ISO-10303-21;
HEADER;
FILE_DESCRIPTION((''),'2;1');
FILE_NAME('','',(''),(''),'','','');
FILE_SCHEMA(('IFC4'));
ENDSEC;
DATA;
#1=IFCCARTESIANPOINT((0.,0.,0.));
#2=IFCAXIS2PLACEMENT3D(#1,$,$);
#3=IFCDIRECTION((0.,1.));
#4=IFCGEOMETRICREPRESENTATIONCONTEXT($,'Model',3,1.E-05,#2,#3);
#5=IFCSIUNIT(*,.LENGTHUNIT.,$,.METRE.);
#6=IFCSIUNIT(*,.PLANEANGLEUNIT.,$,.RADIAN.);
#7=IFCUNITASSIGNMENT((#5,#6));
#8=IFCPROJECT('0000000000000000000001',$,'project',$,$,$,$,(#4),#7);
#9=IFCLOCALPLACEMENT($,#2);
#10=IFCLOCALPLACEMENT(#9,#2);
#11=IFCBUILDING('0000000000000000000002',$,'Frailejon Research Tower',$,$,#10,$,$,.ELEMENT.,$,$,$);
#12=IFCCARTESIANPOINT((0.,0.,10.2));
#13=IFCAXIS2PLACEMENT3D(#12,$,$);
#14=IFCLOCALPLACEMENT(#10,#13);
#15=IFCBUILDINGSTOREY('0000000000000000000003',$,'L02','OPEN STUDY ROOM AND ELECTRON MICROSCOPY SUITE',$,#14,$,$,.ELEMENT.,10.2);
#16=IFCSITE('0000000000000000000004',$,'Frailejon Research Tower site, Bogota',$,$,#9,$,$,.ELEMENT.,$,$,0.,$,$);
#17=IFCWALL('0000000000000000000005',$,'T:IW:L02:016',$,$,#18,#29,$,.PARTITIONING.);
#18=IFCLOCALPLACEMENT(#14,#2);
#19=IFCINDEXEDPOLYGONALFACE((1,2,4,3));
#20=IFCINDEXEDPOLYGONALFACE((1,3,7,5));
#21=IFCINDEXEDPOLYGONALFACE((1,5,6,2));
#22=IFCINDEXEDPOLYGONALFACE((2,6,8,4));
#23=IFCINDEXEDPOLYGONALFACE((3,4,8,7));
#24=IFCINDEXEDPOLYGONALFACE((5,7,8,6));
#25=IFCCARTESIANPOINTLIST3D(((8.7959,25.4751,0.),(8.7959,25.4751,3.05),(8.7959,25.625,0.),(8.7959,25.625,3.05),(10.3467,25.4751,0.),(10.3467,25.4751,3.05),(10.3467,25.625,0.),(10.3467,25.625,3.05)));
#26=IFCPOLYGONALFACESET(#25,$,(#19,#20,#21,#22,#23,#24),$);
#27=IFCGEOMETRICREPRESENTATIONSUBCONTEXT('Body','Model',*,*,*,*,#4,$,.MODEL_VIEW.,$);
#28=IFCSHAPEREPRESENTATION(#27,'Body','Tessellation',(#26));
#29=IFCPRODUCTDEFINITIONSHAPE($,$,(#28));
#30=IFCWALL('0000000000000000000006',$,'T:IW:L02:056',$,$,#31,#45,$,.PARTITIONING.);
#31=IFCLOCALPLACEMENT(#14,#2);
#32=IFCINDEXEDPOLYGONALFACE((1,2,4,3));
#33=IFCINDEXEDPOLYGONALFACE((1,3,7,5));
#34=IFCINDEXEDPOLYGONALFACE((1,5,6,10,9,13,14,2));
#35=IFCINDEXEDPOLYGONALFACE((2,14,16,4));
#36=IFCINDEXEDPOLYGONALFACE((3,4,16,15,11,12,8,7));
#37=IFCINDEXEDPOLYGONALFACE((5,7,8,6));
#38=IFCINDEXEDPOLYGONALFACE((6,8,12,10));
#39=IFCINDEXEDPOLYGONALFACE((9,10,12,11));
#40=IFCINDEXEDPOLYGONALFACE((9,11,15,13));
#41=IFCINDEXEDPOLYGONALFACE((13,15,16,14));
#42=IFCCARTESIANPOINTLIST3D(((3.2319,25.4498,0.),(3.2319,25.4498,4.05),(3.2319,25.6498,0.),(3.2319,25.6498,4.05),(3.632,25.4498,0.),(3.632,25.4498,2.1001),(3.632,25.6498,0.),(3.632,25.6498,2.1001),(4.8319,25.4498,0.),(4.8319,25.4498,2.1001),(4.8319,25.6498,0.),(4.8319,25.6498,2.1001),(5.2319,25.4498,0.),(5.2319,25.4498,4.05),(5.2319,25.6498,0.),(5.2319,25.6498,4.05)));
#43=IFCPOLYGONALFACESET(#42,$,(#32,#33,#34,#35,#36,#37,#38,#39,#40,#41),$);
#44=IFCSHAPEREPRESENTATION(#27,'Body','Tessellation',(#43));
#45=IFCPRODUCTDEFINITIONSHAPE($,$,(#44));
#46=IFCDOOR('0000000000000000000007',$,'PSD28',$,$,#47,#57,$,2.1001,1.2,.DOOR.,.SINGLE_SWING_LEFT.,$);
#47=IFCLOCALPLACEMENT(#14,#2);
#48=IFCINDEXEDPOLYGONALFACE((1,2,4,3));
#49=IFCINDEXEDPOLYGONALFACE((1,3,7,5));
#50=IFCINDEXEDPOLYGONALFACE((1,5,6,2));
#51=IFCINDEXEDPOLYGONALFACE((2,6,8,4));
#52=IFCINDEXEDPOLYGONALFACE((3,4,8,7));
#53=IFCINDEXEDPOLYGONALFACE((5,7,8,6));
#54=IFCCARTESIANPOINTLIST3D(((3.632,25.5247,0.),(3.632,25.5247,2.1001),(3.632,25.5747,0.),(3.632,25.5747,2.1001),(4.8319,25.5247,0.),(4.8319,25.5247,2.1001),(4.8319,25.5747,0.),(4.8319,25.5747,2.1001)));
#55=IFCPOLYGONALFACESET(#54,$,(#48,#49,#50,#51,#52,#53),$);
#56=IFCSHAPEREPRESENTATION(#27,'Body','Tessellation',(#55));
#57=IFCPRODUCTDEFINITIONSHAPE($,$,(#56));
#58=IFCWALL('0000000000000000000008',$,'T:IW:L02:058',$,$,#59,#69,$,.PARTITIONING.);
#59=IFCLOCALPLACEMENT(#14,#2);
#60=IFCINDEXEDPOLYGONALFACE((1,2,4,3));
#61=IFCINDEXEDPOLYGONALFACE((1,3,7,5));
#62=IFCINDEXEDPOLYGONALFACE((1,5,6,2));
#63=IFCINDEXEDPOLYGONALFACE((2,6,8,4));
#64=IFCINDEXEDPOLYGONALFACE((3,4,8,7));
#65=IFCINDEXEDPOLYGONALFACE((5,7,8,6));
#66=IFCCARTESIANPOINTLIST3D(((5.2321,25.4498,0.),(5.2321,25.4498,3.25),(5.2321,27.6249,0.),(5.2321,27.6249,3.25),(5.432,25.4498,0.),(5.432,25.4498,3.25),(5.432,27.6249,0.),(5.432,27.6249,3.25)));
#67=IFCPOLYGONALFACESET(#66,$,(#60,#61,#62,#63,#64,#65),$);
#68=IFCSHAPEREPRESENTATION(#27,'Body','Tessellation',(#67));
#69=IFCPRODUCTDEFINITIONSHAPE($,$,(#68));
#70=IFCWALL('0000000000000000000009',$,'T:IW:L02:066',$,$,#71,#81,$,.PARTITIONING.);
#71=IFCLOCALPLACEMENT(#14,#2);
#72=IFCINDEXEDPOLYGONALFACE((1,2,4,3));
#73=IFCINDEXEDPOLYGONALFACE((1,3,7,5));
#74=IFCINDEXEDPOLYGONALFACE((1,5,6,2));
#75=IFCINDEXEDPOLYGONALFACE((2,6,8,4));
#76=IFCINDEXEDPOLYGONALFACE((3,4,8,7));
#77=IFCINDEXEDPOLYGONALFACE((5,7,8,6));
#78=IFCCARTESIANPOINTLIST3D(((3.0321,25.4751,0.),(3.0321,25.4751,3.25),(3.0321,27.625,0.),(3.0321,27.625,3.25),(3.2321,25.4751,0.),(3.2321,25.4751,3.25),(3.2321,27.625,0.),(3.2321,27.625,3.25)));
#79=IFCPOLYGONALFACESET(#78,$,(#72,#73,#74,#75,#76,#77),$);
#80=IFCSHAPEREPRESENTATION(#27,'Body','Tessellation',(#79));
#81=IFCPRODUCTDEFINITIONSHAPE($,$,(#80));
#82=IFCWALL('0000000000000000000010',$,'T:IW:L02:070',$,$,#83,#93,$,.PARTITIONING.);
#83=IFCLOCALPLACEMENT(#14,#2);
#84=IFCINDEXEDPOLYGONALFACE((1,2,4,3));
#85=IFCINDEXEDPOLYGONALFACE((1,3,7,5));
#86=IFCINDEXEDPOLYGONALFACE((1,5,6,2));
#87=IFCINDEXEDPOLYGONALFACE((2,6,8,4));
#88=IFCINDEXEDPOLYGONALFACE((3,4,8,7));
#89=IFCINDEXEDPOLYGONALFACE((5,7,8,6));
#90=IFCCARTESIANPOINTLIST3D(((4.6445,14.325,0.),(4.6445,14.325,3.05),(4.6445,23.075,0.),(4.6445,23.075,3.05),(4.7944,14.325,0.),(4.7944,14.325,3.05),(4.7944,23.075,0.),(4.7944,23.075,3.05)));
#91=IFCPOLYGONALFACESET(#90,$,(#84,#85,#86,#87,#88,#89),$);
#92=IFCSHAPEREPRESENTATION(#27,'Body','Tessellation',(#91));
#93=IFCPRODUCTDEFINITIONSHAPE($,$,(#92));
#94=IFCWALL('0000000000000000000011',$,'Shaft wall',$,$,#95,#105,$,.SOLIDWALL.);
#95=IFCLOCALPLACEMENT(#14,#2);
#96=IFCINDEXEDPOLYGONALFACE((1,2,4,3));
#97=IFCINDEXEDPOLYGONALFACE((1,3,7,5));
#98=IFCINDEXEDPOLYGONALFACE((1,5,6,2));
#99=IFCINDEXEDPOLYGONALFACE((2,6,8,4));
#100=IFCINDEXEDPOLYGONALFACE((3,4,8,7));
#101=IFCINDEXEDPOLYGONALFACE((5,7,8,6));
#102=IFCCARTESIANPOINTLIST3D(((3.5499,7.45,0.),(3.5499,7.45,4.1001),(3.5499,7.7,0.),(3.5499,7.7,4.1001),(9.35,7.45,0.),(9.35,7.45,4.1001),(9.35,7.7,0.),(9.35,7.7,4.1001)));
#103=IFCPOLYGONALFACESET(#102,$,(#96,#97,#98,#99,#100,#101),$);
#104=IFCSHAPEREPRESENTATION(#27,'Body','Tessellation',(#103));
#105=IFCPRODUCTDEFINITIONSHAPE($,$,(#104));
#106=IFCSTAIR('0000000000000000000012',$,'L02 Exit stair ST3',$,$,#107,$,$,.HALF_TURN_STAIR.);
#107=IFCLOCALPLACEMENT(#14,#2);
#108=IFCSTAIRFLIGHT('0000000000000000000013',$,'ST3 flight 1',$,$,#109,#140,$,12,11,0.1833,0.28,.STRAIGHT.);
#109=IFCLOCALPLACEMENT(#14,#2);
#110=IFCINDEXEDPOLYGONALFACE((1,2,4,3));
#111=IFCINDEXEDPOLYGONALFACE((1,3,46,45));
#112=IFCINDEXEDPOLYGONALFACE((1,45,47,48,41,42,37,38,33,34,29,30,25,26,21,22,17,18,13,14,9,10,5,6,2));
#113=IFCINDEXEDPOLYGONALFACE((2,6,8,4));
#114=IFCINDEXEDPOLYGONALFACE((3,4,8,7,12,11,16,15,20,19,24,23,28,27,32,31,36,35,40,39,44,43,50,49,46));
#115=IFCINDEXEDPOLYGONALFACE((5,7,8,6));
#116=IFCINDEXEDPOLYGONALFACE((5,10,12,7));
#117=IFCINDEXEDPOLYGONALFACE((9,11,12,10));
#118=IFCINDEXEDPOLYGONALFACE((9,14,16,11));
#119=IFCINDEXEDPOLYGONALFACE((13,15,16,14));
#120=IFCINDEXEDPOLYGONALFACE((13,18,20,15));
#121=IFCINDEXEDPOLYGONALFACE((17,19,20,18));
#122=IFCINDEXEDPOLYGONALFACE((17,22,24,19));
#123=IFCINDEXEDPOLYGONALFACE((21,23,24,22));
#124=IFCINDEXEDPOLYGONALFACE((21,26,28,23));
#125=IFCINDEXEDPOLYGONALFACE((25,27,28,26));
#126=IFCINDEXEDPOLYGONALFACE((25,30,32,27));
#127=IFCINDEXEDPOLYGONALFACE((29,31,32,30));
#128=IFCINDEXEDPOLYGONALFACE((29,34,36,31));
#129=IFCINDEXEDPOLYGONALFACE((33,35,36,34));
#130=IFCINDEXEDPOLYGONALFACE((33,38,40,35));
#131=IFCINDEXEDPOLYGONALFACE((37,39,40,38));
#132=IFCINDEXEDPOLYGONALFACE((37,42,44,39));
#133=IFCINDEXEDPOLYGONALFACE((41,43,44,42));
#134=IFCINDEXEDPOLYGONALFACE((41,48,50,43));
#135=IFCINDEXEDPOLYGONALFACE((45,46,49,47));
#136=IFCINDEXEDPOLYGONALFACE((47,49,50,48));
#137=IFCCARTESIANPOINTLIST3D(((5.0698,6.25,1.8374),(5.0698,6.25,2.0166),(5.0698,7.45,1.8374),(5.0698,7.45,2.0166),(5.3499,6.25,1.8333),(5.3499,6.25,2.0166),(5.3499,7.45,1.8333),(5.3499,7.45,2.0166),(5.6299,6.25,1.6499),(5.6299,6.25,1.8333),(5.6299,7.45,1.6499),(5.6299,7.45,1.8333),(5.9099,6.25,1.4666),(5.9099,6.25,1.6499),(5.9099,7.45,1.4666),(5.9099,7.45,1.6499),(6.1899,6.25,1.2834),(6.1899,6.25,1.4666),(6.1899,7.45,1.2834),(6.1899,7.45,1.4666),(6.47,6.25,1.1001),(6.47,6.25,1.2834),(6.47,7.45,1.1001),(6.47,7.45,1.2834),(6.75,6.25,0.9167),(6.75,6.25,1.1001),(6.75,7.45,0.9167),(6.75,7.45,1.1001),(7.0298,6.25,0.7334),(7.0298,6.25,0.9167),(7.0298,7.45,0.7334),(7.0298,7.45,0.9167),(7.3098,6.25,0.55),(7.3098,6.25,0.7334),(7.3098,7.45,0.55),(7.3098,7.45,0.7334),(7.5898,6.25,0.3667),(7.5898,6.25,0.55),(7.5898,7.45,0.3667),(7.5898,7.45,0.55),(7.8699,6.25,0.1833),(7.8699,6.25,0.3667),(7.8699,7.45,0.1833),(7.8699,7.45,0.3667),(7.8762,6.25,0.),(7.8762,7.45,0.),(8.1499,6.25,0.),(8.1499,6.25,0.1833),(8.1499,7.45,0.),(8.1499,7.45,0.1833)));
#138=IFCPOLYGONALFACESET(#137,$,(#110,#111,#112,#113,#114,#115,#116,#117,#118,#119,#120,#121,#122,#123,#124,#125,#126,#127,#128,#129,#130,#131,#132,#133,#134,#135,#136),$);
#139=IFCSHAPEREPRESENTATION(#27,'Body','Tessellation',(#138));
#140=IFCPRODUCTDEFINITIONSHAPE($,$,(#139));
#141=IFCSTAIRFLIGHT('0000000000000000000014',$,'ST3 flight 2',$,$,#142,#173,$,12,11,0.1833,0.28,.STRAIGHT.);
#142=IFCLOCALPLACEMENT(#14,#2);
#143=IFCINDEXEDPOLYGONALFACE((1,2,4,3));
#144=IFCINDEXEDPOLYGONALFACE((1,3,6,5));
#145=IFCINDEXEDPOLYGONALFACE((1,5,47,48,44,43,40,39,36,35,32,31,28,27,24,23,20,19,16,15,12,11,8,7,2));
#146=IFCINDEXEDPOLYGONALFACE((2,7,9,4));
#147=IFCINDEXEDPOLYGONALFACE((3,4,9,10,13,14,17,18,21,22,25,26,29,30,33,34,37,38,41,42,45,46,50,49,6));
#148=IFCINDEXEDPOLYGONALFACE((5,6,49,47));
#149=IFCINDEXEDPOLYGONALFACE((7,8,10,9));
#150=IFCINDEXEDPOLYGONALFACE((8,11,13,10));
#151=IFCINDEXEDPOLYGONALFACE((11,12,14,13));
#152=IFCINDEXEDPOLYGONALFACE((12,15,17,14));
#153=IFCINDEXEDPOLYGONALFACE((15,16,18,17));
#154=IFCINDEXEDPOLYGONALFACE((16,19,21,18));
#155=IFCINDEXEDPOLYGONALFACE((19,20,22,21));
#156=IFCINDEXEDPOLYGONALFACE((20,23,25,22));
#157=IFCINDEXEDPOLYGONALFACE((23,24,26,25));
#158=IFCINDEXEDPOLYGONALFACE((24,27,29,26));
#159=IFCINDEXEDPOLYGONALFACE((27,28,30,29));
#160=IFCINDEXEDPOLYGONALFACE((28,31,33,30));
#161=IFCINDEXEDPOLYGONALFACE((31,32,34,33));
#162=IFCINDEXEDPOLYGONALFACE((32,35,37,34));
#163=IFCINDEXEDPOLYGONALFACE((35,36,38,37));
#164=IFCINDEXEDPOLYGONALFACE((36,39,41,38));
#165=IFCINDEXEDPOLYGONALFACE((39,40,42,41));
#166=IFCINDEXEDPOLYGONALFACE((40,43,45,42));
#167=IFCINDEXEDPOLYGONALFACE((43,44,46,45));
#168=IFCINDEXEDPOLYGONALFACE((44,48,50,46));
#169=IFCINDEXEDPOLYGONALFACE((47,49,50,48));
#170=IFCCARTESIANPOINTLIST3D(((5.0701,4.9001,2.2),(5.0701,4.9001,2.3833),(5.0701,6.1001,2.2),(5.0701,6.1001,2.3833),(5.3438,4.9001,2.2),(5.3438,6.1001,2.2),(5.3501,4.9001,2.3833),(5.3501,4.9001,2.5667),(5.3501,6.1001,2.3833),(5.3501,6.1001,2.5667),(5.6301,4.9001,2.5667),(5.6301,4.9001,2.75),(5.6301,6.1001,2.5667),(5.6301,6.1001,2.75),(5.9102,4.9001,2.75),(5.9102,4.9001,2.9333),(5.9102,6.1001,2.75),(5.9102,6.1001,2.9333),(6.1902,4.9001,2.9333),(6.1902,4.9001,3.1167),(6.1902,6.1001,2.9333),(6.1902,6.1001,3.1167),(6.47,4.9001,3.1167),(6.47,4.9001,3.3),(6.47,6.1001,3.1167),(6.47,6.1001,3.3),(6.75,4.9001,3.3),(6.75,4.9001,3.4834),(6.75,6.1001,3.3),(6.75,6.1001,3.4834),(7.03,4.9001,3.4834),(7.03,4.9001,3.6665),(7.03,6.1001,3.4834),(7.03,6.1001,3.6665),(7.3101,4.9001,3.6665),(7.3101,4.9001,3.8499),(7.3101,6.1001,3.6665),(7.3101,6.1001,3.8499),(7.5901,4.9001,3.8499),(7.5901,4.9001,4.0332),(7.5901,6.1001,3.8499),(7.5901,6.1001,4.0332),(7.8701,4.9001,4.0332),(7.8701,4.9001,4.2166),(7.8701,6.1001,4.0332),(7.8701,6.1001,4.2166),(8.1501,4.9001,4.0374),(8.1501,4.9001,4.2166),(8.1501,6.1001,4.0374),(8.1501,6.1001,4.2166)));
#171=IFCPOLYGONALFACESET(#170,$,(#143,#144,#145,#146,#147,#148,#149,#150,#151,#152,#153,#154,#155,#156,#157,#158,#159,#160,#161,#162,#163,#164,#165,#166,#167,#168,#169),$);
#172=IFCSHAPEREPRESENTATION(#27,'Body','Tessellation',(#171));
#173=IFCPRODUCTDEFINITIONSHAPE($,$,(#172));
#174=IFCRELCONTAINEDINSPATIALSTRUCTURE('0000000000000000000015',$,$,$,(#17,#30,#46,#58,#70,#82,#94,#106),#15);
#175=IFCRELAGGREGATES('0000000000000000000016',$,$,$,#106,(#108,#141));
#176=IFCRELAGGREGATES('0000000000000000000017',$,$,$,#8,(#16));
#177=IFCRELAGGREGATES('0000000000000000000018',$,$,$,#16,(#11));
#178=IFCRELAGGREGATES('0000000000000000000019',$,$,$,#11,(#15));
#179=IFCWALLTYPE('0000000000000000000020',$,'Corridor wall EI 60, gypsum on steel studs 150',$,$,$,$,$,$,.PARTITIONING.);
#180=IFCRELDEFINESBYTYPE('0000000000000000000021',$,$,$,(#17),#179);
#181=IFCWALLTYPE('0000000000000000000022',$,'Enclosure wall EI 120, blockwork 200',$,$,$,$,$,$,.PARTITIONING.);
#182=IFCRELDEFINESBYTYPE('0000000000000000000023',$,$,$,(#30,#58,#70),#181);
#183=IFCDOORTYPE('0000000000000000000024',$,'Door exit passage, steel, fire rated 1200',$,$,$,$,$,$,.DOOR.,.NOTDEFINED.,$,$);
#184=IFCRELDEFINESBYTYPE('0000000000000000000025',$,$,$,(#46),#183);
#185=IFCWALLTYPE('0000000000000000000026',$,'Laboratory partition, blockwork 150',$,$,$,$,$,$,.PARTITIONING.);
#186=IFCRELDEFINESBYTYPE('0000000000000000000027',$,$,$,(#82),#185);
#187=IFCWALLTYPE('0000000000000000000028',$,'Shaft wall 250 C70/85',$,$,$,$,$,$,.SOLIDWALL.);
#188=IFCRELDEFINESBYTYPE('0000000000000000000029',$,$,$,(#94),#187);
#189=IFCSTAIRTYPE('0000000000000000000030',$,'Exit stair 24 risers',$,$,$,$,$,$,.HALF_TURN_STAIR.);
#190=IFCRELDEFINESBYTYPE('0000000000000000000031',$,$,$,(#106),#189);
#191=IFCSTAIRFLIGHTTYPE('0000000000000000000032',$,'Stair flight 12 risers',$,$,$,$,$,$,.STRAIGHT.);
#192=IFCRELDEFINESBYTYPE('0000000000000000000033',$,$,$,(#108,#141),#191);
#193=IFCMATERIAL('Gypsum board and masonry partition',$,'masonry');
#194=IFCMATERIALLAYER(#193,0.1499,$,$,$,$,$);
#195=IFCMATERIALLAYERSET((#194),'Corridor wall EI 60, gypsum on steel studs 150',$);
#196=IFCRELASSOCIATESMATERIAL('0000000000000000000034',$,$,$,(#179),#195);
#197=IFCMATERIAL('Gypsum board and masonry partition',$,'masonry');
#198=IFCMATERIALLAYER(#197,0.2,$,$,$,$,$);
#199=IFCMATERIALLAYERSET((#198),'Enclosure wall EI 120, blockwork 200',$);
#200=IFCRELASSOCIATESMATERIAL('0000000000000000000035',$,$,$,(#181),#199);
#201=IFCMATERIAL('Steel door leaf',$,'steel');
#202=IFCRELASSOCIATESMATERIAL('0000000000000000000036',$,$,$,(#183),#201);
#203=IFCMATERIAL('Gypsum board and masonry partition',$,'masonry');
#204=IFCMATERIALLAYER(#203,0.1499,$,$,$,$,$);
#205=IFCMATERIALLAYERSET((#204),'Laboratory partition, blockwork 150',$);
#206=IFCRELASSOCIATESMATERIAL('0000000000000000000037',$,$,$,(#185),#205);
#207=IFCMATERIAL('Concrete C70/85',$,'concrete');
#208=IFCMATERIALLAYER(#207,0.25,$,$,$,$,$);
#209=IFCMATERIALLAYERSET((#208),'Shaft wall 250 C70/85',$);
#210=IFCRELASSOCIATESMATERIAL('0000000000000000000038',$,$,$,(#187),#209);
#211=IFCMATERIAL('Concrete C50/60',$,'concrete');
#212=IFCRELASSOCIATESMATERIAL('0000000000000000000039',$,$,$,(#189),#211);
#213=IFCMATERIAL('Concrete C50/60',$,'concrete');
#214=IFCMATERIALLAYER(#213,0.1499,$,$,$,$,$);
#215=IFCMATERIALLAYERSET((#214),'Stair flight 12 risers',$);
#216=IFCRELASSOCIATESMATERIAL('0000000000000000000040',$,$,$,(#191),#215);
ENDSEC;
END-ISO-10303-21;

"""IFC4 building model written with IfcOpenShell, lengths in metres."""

from ifc_helpers import new_model, si_unit, direction, frame, frame_2d, origin, place, context, subcontext, project, spatial, polyline, rectangle, outline, extrude, material, layer, layer_set, type_object, element, fill, aggregate, save


model = new_model("IFC4")

# Units and contexts
model_context = context("Model", 3, precision=1e-05, world=origin(), true_north=direction((0.0, 1.0)))
body_context = subcontext(model_context, "Body", "Model", "MODEL_VIEW")
ifc_project = project(units=[si_unit("LENGTHUNIT", "METRE"), si_unit("PLANEANGLEUNIT", "RADIAN")], contexts=[model_context])

# Site, building, storey
site_placement = place(None, origin())
site = spatial("IfcSite", under=ifc_project, at=site_placement, Name="Frailejon Research Tower site, Bogota", CompositionType="ELEMENT", RefElevation=0.0)
building_placement = place(site_placement, origin())
building = spatial("IfcBuilding", under=site, at=building_placement, Name="Frailejon Research Tower", CompositionType="ELEMENT")
storey_placement = place(building_placement, frame((0.0, 0.0, 10.2)))
storey = spatial("IfcBuildingStorey", under=building, at=storey_placement, Name="L02", Description="OPEN STUDY ROOM AND ELECTRON MICROSCOPY SUITE", CompositionType="ELEMENT", Elevation=10.2)

# Shared definitions
ifc_material_1 = material(Name="Gypsum board and masonry partition", Category="masonry")
ifc_layer_1 = layer(ifc_material_1, 0.1499)
ifc_layer_set_1 = layer_set([ifc_layer_1], Name="Corridor wall EI 60, gypsum on steel studs 150")
wall_type_1 = type_object("IfcWallType", Name="Corridor wall EI 60, gypsum on steel studs 150", PredefinedType="PARTITIONING", material=ifc_layer_set_1)

# Wall
wall_1_placement = place(storey_placement, frame((8.7959, 25.55, 0.0), z_axis=(0.0, 0.0, 1.0), x_axis=(1.0, 0.0, 0.0)))
element("IfcWall", 1, at=wall_1_placement, inside=storey, type_object=wall_type_1, Name="T:IW:L02:016", PredefinedType="PARTITIONING", context=body_context, shape_type="SweptSolid", body=[
    extrude(rectangle(XDim=1.5508, YDim=0.1499, at=frame_2d((0.7754, 0.0))), origin(), (0.0, 0.0, 1.0), 3.05),
])

# Wall, opening, door
ifc_material_2 = material(Name="Gypsum board and masonry partition", Category="masonry")
ifc_layer_2 = layer(ifc_material_2, 0.2)
ifc_layer_set_2 = layer_set([ifc_layer_2], Name="Enclosure wall EI 120, blockwork 200")
wall_type_2 = type_object("IfcWallType", Name="Enclosure wall EI 120, blockwork 200", PredefinedType="PARTITIONING", material=ifc_layer_set_2)
wall_2_placement = place(storey_placement, frame((3.2319, 25.5498, 0.0), z_axis=(0.0, 0.0, 1.0), x_axis=(1.0, 0.0, 0.0)))
wall_2 = element("IfcWall", 2, at=wall_2_placement, inside=storey, type_object=wall_type_2, Name="T:IW:L02:056", PredefinedType="PARTITIONING", context=body_context, shape_type="SweptSolid", body=[
    extrude(rectangle(XDim=2.0, YDim=0.2, at=frame_2d((1.0, 0.0))), origin(), (0.0, 0.0, 1.0), 4.05),
])
opening_1_placement = place(wall_2_placement, frame((0.3999, 0.0, 0.0)))
opening_1 = element("IfcOpeningElement", 3, at=opening_1_placement, cuts=wall_2, PredefinedType="OPENING", context=body_context, shape_type="SweptSolid", body=[
    extrude(rectangle(XDim=1.2, YDim=2.1001, at=frame_2d((0.6001, 1.05))), frame((0.0, 0.1099, 0.0), z_axis=(0.0, -1.0, 0.0), x_axis=(1.0, 0.0, 0.0)), (0.0, 0.0, 1.0), 0.22),
])
ifc_material_3 = material(Name="Steel door leaf", Category="steel")
door_type_1 = type_object("IfcDoorType", Name="Door exit passage, steel, fire rated 1200", OperationType="NOTDEFINED", PredefinedType="DOOR", material=ifc_material_3)
door_1_placement = place(opening_1_placement, origin())
door_1 = element("IfcDoor", 4, at=door_1_placement, inside=storey, type_object=door_type_1, Name="PSD28", OperationType="SINGLE_SWING_LEFT", OverallHeight=2.1001, OverallWidth=1.2, PredefinedType="DOOR", context=body_context, shape_type="SweptSolid", body=[
    extrude(rectangle(XDim=1.2, YDim=2.1001, at=frame_2d((0.6001, 1.05))), frame((0.0, 0.0249, 0.0), z_axis=(0.0, -1.0, 0.0), x_axis=(1.0, 0.0, 0.0)), (0.0, 0.0, 1.0), 0.05),
])
fill(opening_1, door_1)

# Walls
wall_3_placement = place(storey_placement, frame((5.332, 25.45, 0.0), z_axis=(0.0, 0.0, 1.0), x_axis=(0.0, 1.0, 0.0)))
element("IfcWall", 5, at=wall_3_placement, inside=storey, type_object=wall_type_2, Name="T:IW:L02:058", PredefinedType="PARTITIONING", context=body_context, shape_type="SweptSolid", body=[
    extrude(rectangle(XDim=2.175, YDim=0.2, at=frame_2d((1.0874, 0.0))), origin(), (0.0, 0.0, 1.0), 3.25),
])
wall_4_placement = place(storey_placement, frame((3.1321, 25.4751, 0.0), z_axis=(0.0, 0.0, 1.0), x_axis=(0.0, 1.0, 0.0)))
element("IfcWall", 6, at=wall_4_placement, inside=storey, type_object=wall_type_2, Name="T:IW:L02:066", PredefinedType="PARTITIONING", context=body_context, shape_type="SweptSolid", body=[
    extrude(rectangle(XDim=2.1499, YDim=0.2, at=frame_2d((1.075, 0.0))), origin(), (0.0, 0.0, 1.0), 3.25),
])
ifc_material_4 = material(Name="Gypsum board and masonry partition", Category="masonry")
ifc_layer_3 = layer(ifc_material_4, 0.1499)
ifc_layer_set_3 = layer_set([ifc_layer_3], Name="Laboratory partition, blockwork 150")
wall_type_3 = type_object("IfcWallType", Name="Laboratory partition, blockwork 150", PredefinedType="PARTITIONING", material=ifc_layer_set_3)
wall_5_placement = place(storey_placement, frame((4.7195, 14.325, 0.0), z_axis=(0.0, 0.0, 1.0), x_axis=(0.0, 1.0, 0.0)))
element("IfcWall", 7, at=wall_5_placement, inside=storey, type_object=wall_type_3, Name="T:IW:L02:070", PredefinedType="PARTITIONING", context=body_context, shape_type="SweptSolid", body=[
    extrude(rectangle(XDim=8.75, YDim=0.1499, at=frame_2d((4.375, 0.0))), origin(), (0.0, 0.0, 1.0), 3.05),
])
ifc_material_5 = material(Name="Concrete C70/85", Category="concrete")
ifc_layer_4 = layer(ifc_material_5, 0.25)
ifc_layer_set_4 = layer_set([ifc_layer_4], Name="Shaft wall 250 C70/85")
wall_type_4 = type_object("IfcWallType", Name="Shaft wall 250 C70/85", PredefinedType="SOLIDWALL", material=ifc_layer_set_4)
wall_6_placement = place(storey_placement, frame((3.55, 7.575, 0.0), z_axis=(0.0, 0.0, 1.0), x_axis=(1.0, 0.0, 0.0)))
element("IfcWall", 8, at=wall_6_placement, inside=storey, type_object=wall_type_4, Name="Shaft wall", PredefinedType="SOLIDWALL", context=body_context, shape_type="SweptSolid", body=[
    extrude(rectangle(XDim=5.8, YDim=0.25, at=frame_2d((2.8999, 0.0))), origin(), (0.0, 0.0, 1.0), 4.1001),
])

# Stair, stair flights
ifc_material_6 = material(Name="Concrete C50/60", Category="concrete")
stair_type = type_object("IfcStairType", Name="Exit stair 24 risers", PredefinedType="HALF_TURN_STAIR", material=ifc_material_6)
stair_placement = place(storey_placement, origin())
stair = element("IfcStair", 9, at=stair_placement, inside=storey, type_object=stair_type, Name="L02 Exit stair ST3", PredefinedType="HALF_TURN_STAIR")
ifc_material_7 = material(Name="Concrete C50/60", Category="concrete")
ifc_layer_5 = layer(ifc_material_7, 0.1499)
ifc_layer_set_5 = layer_set([ifc_layer_5], Name="Stair flight 12 risers")
stair_flight_type = type_object("IfcStairFlightType", Name="Stair flight 12 risers", PredefinedType="STRAIGHT", material=ifc_layer_set_5)
stair_flight_1_placement = place(storey_placement, frame((8.1499, 6.8501, 0.0), z_axis=(0.0, 0.0, 1.0), x_axis=(-1.0, 0.0, 0.0)))
stair_flight_1 = element("IfcStairFlight", 10, at=stair_flight_1_placement, type_object=stair_flight_type, Name="ST3 flight 1", NumberOfRisers=12, NumberOfTreads=11, PredefinedType="STRAIGHT", RiserHeight=0.1833, TreadLength=0.28, context=body_context, shape_type="SweptSolid", body=[
    extrude(outline(polyline([(0.0, 0.0), (0.0, 0.1833), (0.28, 0.1833), (0.28, 0.3667), (0.5601, 0.3667), (0.5601, 0.55), (0.8401, 0.55), (0.8401, 0.7334), (1.1201, 0.7334), (1.1201, 0.9167), (1.3999, 0.9167), (1.3999, 1.1001), (1.6799, 1.1001), (1.6799, 1.2834), (1.96, 1.2834), (1.96, 1.4666), (2.24, 1.4666), (2.24, 1.6499), (2.52, 1.6499), (2.52, 1.8333), (2.8, 1.8333), (2.8, 2.0166), (3.0801, 2.0166), (3.0801, 2.2), (3.0801, 1.8374), (0.2737, 0.0), (0.0, 0.0)])), frame((0.0, 0.6001, 0.0), z_axis=(0.0, -1.0, 0.0), x_axis=(1.0, 0.0, 0.0)), (0.0, 0.0, 1.0), 1.2),
])
stair_flight_2_placement = place(storey_placement, frame((5.0701, 5.5, 2.2), z_axis=(0.0, 0.0, 1.0), x_axis=(1.0, 0.0, 0.0)))
stair_flight_2 = element("IfcStairFlight", 11, at=stair_flight_2_placement, type_object=stair_flight_type, Name="ST3 flight 2", NumberOfRisers=12, NumberOfTreads=11, PredefinedType="STRAIGHT", RiserHeight=0.1833, TreadLength=0.28, context=body_context, shape_type="SweptSolid", body=[
    extrude(outline(polyline([(0.0, 0.0), (0.0, 0.1833), (0.28, 0.1833), (0.28, 0.3667), (0.5601, 0.3667), (0.5601, 0.55), (0.8401, 0.55), (0.8401, 0.7334), (1.1201, 0.7334), (1.1201, 0.9167), (1.3999, 0.9167), (1.3999, 1.1001), (1.6799, 1.1001), (1.6799, 1.2834), (1.96, 1.2834), (1.96, 1.4666), (2.24, 1.4666), (2.24, 1.6499), (2.52, 1.6499), (2.52, 1.8333), (2.8, 1.8333), (2.8, 2.0166), (3.0801, 2.0166), (3.0801, 2.2), (3.0801, 1.8374), (0.2737, 0.0), (0.0, 0.0)])), frame((0.0, 0.6001, 0.0), z_axis=(0.0, -1.0, 0.0), x_axis=(1.0, 0.0, 0.0)), (0.0, 0.0, 1.0), 1.2),
])
aggregate(stair, [stair_flight_1, stair_flight_2])

save(model, "model.ifc")
